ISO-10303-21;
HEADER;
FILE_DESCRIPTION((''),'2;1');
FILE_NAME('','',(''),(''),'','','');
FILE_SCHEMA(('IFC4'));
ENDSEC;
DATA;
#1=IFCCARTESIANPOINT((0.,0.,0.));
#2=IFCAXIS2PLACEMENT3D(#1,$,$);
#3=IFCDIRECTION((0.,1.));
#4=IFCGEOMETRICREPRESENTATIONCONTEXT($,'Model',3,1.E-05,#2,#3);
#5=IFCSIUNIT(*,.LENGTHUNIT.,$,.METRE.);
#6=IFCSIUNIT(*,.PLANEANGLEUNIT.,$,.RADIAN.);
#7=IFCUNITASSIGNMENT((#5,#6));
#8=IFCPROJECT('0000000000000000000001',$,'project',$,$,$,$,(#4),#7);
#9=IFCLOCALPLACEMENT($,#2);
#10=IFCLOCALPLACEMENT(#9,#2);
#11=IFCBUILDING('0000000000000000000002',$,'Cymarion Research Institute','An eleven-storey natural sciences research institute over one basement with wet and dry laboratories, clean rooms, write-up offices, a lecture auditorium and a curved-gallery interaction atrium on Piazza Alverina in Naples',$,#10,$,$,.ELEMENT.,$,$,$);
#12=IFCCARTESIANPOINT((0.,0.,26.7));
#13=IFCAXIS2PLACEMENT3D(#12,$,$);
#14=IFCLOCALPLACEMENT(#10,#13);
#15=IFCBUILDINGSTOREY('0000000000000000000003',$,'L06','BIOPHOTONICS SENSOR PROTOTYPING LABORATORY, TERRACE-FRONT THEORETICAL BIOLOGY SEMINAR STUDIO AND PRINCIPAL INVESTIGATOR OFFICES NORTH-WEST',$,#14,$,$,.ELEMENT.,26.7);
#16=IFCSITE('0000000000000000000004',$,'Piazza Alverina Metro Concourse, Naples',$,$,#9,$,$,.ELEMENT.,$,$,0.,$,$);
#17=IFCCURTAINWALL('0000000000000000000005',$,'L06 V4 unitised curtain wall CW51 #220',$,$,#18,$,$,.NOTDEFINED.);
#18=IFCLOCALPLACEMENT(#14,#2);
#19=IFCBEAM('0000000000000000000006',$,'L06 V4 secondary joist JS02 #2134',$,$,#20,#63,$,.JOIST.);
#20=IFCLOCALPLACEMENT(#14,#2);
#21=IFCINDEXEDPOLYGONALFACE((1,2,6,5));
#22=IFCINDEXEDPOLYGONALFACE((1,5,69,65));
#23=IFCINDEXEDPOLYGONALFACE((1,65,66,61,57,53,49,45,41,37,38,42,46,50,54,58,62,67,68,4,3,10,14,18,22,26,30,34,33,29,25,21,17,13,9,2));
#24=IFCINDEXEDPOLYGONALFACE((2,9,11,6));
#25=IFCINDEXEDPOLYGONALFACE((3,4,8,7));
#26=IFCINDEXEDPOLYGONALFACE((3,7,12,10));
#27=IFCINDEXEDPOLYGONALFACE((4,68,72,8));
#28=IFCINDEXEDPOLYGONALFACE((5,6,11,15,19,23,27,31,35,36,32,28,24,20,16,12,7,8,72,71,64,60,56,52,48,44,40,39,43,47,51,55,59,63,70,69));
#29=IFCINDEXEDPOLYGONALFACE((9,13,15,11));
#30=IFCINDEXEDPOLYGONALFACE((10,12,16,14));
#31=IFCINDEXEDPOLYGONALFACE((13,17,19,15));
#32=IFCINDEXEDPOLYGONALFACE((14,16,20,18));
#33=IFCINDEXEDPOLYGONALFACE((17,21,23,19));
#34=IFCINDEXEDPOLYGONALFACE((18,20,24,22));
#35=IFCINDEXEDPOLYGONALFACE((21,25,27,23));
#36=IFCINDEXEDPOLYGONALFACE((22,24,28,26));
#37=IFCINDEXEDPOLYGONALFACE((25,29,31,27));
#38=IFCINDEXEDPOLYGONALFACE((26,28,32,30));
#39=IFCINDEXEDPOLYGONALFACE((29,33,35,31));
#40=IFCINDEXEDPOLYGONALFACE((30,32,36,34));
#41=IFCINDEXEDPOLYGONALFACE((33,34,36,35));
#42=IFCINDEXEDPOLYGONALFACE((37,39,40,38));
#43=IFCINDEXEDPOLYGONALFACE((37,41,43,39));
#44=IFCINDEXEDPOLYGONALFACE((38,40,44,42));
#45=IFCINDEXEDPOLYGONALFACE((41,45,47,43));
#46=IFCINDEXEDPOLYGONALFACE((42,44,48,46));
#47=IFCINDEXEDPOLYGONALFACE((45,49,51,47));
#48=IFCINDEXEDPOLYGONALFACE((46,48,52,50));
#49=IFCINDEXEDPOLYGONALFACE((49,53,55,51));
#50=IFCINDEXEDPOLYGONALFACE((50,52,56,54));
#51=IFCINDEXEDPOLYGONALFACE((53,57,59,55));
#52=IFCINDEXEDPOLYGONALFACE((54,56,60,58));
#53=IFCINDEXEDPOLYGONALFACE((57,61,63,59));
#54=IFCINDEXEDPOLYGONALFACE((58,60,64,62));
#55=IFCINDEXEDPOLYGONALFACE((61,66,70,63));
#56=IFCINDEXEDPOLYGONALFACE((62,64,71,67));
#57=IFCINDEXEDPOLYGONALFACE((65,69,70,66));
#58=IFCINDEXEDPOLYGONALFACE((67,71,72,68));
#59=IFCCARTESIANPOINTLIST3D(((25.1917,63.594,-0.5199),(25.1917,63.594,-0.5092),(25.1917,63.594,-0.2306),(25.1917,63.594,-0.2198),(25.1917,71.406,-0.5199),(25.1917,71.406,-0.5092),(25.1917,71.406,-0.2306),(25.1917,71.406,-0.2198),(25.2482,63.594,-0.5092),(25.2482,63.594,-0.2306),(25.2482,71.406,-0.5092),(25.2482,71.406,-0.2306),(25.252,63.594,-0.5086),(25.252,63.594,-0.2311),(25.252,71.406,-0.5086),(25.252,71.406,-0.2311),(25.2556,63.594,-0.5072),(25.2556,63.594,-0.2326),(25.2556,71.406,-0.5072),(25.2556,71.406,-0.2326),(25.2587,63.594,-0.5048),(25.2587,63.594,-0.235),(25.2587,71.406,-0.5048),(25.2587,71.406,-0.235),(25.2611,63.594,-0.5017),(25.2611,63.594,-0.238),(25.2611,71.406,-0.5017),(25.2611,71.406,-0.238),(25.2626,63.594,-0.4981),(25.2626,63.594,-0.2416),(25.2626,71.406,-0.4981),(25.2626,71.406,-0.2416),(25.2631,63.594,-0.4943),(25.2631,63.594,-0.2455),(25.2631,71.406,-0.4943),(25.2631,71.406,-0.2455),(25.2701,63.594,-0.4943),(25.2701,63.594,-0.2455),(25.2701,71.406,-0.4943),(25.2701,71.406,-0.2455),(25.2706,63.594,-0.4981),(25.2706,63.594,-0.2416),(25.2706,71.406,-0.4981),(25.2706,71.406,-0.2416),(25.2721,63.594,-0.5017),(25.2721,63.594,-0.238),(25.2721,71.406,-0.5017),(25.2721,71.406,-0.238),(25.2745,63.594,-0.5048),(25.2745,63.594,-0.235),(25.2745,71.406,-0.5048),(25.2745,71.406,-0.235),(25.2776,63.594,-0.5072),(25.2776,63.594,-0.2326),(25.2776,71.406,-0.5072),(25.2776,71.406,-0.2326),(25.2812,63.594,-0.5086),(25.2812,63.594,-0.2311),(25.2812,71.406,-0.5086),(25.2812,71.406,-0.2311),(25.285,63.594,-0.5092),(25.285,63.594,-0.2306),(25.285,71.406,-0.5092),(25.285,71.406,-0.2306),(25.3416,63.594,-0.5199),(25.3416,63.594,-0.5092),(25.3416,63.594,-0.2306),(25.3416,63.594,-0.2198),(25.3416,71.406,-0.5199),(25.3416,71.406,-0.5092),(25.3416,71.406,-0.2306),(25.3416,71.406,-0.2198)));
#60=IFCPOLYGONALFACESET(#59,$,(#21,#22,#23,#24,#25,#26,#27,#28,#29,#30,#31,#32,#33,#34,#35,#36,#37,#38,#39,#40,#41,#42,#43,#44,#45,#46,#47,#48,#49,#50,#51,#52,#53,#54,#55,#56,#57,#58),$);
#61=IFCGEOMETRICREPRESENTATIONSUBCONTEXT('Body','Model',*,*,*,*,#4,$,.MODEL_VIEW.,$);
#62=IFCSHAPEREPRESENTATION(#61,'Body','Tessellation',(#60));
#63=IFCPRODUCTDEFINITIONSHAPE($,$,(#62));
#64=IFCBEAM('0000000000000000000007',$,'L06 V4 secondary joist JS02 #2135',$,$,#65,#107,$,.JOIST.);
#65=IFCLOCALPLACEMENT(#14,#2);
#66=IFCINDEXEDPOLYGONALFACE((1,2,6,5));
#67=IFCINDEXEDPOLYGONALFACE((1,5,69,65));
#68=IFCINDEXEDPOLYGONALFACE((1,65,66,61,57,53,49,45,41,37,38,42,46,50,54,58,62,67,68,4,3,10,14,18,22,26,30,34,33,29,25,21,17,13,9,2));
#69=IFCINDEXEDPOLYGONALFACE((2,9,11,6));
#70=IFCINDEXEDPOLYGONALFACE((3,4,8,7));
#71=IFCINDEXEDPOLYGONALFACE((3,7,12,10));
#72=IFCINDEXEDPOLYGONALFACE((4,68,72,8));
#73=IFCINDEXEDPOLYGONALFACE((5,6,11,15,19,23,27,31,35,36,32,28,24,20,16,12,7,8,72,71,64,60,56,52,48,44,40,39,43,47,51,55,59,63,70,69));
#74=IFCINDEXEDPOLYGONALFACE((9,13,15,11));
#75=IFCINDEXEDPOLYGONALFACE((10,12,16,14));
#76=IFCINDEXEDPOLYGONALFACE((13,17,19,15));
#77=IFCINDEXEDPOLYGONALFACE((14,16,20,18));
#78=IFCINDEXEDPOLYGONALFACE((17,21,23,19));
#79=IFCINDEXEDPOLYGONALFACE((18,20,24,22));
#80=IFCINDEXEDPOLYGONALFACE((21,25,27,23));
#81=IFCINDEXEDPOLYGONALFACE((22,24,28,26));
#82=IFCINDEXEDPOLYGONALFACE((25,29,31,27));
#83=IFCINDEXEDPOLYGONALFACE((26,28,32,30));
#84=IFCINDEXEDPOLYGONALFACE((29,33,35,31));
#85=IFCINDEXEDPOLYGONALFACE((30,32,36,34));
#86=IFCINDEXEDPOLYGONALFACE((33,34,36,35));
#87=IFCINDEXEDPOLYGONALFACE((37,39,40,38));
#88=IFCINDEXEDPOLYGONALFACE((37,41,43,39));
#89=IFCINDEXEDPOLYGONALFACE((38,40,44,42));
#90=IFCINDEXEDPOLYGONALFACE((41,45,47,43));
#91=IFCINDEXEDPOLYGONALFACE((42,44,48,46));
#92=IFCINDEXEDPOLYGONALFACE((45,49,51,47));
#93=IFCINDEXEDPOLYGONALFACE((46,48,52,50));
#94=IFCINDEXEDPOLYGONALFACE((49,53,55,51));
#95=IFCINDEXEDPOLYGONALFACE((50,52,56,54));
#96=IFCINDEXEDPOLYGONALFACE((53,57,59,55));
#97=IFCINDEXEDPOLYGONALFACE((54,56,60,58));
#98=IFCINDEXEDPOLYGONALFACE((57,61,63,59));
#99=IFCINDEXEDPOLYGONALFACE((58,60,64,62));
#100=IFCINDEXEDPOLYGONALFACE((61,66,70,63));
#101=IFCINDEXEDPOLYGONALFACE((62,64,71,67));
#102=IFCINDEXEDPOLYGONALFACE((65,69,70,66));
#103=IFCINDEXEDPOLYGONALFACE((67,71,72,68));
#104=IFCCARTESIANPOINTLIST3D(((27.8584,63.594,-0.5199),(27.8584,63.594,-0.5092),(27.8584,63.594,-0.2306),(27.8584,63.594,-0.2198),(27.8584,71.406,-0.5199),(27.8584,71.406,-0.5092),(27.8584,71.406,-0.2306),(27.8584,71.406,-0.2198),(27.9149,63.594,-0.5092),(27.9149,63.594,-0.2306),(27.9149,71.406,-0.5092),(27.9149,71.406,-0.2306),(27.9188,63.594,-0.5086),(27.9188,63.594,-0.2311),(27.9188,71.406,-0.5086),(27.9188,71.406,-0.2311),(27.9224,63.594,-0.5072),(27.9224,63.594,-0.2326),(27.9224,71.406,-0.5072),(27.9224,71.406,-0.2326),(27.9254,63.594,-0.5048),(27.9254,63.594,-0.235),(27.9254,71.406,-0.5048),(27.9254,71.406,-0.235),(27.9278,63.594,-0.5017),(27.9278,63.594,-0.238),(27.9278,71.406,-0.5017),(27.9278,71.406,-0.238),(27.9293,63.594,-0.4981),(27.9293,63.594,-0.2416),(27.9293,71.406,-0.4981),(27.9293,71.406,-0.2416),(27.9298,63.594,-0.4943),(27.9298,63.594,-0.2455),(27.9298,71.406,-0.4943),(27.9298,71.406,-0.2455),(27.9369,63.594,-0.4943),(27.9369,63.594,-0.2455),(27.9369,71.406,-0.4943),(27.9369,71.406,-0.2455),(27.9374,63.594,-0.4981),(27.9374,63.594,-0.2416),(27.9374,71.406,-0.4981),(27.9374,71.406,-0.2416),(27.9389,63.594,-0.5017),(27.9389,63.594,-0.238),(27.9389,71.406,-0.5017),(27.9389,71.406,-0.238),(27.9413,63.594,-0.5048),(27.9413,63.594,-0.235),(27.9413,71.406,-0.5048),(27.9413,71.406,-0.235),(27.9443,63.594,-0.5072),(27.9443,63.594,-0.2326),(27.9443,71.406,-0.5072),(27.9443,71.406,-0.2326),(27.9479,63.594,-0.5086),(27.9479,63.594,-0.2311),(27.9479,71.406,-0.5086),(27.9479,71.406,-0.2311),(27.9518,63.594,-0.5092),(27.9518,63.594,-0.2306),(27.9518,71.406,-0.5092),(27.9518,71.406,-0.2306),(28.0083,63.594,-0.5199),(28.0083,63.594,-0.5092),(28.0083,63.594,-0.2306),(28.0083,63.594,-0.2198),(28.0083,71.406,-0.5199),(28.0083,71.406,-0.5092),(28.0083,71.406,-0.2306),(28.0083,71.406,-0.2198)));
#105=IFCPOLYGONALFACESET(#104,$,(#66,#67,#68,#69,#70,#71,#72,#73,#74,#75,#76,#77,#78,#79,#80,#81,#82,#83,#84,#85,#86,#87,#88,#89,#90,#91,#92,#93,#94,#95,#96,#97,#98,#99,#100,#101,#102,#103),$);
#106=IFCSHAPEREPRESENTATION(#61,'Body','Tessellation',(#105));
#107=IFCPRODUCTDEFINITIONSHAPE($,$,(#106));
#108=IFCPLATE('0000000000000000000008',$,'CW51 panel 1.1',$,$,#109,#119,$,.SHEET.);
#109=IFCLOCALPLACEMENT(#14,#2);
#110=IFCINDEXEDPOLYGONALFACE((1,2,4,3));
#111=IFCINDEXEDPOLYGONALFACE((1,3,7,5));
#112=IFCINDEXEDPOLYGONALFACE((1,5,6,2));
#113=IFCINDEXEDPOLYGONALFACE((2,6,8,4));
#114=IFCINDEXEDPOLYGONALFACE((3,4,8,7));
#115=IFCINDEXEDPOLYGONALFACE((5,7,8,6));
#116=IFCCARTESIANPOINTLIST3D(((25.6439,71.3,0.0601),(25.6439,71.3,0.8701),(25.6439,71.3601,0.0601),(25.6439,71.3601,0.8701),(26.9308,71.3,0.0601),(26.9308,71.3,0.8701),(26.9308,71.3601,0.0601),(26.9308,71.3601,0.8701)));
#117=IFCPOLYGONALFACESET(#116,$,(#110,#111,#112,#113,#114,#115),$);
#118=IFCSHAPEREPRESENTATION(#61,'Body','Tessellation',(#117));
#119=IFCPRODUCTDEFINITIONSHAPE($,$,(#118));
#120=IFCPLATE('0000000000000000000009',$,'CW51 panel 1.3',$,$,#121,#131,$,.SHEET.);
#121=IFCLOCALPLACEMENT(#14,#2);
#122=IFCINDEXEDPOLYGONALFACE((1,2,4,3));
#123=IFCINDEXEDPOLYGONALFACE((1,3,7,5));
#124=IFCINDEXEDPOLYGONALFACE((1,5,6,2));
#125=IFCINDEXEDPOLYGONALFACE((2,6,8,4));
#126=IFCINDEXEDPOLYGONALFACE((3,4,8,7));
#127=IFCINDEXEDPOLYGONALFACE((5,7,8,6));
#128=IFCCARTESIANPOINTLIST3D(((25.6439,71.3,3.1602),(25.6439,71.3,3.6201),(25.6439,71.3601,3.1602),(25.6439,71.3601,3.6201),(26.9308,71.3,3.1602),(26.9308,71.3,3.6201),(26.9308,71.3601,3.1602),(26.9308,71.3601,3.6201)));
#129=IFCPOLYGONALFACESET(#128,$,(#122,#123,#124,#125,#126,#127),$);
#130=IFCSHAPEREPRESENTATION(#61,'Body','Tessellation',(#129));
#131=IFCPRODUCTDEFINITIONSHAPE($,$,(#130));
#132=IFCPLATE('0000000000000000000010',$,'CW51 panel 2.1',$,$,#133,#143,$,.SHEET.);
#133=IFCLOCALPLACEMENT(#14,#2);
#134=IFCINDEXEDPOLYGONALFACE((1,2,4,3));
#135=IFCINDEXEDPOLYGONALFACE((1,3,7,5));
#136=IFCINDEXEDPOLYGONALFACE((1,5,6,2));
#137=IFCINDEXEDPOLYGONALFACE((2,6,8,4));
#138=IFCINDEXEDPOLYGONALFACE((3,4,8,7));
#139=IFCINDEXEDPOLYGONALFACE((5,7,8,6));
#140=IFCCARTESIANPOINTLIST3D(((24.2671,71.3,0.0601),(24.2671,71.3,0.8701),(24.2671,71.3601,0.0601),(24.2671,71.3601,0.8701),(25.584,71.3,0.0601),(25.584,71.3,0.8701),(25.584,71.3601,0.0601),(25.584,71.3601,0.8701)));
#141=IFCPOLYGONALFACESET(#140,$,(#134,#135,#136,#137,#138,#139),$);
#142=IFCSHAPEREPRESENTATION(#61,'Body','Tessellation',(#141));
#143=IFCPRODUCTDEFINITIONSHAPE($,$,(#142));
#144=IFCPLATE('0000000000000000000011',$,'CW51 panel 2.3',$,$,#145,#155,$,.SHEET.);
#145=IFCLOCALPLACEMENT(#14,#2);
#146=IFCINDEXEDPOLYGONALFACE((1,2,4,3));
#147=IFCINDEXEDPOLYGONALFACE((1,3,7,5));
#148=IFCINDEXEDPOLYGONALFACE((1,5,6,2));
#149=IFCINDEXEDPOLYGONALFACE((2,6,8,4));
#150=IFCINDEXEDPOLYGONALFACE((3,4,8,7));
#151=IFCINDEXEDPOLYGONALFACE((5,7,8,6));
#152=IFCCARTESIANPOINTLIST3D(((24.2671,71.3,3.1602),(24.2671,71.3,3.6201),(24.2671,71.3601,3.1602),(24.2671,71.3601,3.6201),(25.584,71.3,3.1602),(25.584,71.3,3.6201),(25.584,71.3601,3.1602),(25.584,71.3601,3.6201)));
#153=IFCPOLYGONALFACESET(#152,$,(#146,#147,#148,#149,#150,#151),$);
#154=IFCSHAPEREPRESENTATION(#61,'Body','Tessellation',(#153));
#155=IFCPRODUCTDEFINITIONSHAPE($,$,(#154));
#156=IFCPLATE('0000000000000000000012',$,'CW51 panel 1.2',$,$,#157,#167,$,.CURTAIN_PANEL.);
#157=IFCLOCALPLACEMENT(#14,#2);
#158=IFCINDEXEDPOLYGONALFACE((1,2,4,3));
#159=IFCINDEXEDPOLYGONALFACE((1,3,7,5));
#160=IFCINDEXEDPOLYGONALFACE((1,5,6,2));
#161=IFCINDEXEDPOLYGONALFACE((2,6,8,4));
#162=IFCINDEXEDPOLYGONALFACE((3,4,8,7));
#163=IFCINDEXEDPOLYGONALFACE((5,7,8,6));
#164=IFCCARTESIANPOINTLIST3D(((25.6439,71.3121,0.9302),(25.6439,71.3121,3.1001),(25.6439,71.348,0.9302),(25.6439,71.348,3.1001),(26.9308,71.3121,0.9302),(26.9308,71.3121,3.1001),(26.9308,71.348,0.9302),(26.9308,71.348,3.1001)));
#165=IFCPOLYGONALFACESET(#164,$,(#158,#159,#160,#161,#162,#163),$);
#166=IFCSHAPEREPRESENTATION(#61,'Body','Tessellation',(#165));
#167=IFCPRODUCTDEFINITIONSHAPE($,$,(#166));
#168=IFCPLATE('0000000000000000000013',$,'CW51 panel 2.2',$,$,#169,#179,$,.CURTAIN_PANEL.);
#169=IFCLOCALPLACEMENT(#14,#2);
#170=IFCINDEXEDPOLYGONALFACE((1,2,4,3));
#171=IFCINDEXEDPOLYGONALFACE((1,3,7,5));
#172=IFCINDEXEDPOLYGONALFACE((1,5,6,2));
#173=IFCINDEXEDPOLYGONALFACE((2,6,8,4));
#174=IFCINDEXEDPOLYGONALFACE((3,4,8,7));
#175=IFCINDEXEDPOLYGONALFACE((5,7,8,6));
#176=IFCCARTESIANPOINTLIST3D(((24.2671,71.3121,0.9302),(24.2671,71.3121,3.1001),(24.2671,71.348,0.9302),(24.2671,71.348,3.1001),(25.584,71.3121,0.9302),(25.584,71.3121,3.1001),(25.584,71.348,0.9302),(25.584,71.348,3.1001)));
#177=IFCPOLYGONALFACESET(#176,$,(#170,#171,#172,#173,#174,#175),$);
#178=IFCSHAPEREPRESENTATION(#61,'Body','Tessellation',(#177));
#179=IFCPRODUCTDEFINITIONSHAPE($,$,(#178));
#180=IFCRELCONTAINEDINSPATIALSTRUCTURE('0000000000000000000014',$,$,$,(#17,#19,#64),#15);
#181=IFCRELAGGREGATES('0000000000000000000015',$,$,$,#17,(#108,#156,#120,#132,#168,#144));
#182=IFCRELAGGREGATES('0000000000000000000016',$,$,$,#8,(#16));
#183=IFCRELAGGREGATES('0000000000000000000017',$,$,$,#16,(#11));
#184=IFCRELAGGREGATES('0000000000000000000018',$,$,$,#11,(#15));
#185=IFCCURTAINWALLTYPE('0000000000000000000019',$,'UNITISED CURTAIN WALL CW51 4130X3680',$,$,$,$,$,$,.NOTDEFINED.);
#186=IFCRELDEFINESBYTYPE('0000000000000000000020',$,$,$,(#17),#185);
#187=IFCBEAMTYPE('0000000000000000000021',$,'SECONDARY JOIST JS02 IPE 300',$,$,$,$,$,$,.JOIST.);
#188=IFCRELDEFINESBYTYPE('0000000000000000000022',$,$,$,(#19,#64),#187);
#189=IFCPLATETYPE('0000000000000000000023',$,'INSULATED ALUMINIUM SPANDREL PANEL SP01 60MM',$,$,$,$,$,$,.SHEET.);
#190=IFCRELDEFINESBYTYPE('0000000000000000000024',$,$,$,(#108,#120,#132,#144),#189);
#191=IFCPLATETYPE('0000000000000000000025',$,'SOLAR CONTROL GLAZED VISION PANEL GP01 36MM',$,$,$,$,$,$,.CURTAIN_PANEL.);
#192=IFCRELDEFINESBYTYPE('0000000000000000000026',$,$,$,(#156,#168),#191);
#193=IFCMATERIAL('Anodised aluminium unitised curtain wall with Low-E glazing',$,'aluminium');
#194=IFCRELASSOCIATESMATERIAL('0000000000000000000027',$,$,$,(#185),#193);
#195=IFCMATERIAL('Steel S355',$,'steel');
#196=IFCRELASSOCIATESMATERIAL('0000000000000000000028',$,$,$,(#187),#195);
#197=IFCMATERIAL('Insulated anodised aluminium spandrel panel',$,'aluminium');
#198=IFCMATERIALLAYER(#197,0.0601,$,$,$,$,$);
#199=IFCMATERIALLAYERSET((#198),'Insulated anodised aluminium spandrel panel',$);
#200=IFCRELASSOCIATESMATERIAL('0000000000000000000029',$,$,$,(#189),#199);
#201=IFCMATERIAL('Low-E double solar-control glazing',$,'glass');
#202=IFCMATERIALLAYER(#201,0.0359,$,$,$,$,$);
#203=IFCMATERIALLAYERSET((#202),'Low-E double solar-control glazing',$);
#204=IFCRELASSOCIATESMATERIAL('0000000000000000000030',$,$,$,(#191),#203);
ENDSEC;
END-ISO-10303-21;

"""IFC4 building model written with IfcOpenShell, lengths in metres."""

from ifc_helpers import new_model, si_unit, direction, frame, origin, origin_2d, place, context, subcontext, project, spatial, rectangle, i_section, extrude, material, layer, layer_set, material_profile, profile_set, type_object, element, aggregate, save


model = new_model("IFC4")

# Units and contexts
model_context = context("Model", 3, precision=1e-05, world=origin(), true_north=direction((0.0, 1.0)))
body_context = subcontext(model_context, "Body", "Model", "MODEL_VIEW")
ifc_project = project(units=[si_unit("LENGTHUNIT", "METRE"), si_unit("PLANEANGLEUNIT", "RADIAN")], contexts=[model_context])

# Site, building, storey
site_placement = place(None, origin())
site = spatial("IfcSite", under=ifc_project, at=site_placement, Name="Piazza Alverina Metro Concourse, Naples", CompositionType="ELEMENT", RefElevation=0.0)
building_placement = place(site_placement, origin())
building = spatial("IfcBuilding", under=site, at=building_placement, Name="Cymarion Research Institute", Description="An eleven-storey natural sciences research institute over one basement with wet and dry laboratories, clean rooms, write-up offices, a lecture auditorium and a curved-gallery interaction atrium on Piazza Alverina in Naples", CompositionType="ELEMENT")
storey_placement = place(building_placement, frame((0.0, 0.0, 26.7)))
storey = spatial("IfcBuildingStorey", under=building, at=storey_placement, Name="L06", Description="BIOPHOTONICS SENSOR PROTOTYPING LABORATORY, TERRACE-FRONT THEORETICAL BIOLOGY SEMINAR STUDIO AND PRINCIPAL INVESTIGATOR OFFICES NORTH-WEST", CompositionType="ELEMENT", Elevation=26.7)

# Curtain wall
ifc_material_1 = material(Name="Anodised aluminium unitised curtain wall with Low-E glazing", Category="aluminium")
curtain_wall_type = type_object("IfcCurtainWallType", Name="UNITISED CURTAIN WALL CW51 4130X3680", PredefinedType="NOTDEFINED", material=ifc_material_1)
curtain_wall_placement = place(storey_placement, origin())
curtain_wall = element("IfcCurtainWall", 1, at=curtain_wall_placement, inside=storey, type_object=curtain_wall_type, Name="L06 V4 unitised curtain wall CW51 #220", PredefinedType="NOTDEFINED")

# Beams
ifc_material_2 = material(Name="Steel S355", Category="steel")
ifc_material_profile_1 = material_profile(ifc_material_2, i_section(OverallWidth=0.1499, OverallDepth=0.3, WebThickness=0.0071, FlangeThickness=0.0107, FilletRadius=0.0149, at=origin_2d()), Name="IPE 300")
ifc_profile_set_1 = profile_set([ifc_material_profile_1], Name="Steel S355")
beam_type = type_object("IfcBeamType", Name="SECONDARY JOIST JS02 IPE 300", PredefinedType="JOIST", material=ifc_profile_set_1)
for number, where, z_axis, x_axis, name in (
    (2, (25.2666, 63.594, -0.3699), (0.0, 1.0, 0.0), (-1.0, 0.0, 0.0), "L06 V4 secondary joist JS02 #2134"),
    (3, (27.9333, 63.594, -0.3699), (0.0, 1.0, 0.0), (-1.0, 0.0, 0.0), "L06 V4 secondary joist JS02 #2135"),
):
    element("IfcBeam", number, at=place(storey_placement, frame(where, z_axis=z_axis, x_axis=x_axis)), inside=storey, type_object=beam_type, Name=name, PredefinedType="JOIST", context=body_context, shape_type="SweptSolid", body=[
        extrude(i_section(OverallWidth=0.1499, OverallDepth=0.3, WebThickness=0.0071, FlangeThickness=0.0107, FilletRadius=0.0149, at=origin_2d()), origin(), (0.0, 0.0, 1.0), 7.812),
    ])

# Plates
ifc_material_3 = material(Name="Insulated anodised aluminium spandrel panel", Category="aluminium")
ifc_layer_1 = layer(ifc_material_3, 0.0601)
ifc_layer_set_1 = layer_set([ifc_layer_1], Name="Insulated anodised aluminium spandrel panel")
plate_type_1 = type_object("IfcPlateType", Name="INSULATED ALUMINIUM SPANDREL PANEL SP01 60MM", PredefinedType="SHEET", material=ifc_layer_set_1)
plate_1_placement = place(storey_placement, frame((26.2874, 71.3301, 0.0601), z_axis=(0.0, 0.0, 1.0), x_axis=(-1.0, 0.0, 0.0)))
plate_1 = element("IfcPlate", 4, at=plate_1_placement, type_object=plate_type_1, Name="CW51 panel 1.1", PredefinedType="SHEET", context=body_context, shape_type="SweptSolid", body=[
    extrude(rectangle(XDim=1.2869, YDim=0.0601, at=origin_2d()), origin(), (0.0, 0.0, 1.0), 0.8101),
])
plate_2_placement = place(storey_placement, frame((26.2874, 71.3301, 3.1602), z_axis=(0.0, 0.0, 1.0), x_axis=(-1.0, 0.0, 0.0)))
plate_2 = element("IfcPlate", 5, at=plate_2_placement, type_object=plate_type_1, Name="CW51 panel 1.3", PredefinedType="SHEET", context=body_context, shape_type="SweptSolid", body=[
    extrude(rectangle(XDim=1.2869, YDim=0.0601, at=origin_2d()), origin(), (0.0, 0.0, 1.0), 0.46),
])
plate_3_placement = place(storey_placement, frame((24.9255, 71.3301, 0.0601), z_axis=(0.0, 0.0, 1.0), x_axis=(-1.0, 0.0, 0.0)))
plate_3 = element("IfcPlate", 6, at=plate_3_placement, type_object=plate_type_1, Name="CW51 panel 2.1", PredefinedType="SHEET", context=body_context, shape_type="SweptSolid", body=[
    extrude(rectangle(XDim=1.3169, YDim=0.0601, at=origin_2d()), origin(), (0.0, 0.0, 1.0), 0.8101),
])
plate_4_placement = place(storey_placement, frame((24.9255, 71.3301, 3.1602), z_axis=(0.0, 0.0, 1.0), x_axis=(-1.0, 0.0, 0.0)))
plate_4 = element("IfcPlate", 7, at=plate_4_placement, type_object=plate_type_1, Name="CW51 panel 2.3", PredefinedType="SHEET", context=body_context, shape_type="SweptSolid", body=[
    extrude(rectangle(XDim=1.3169, YDim=0.0601, at=origin_2d()), origin(), (0.0, 0.0, 1.0), 0.46),
])
ifc_material_4 = material(Name="Low-E double solar-control glazing", Category="glass")
ifc_layer_2 = layer(ifc_material_4, 0.0359)
ifc_layer_set_2 = layer_set([ifc_layer_2], Name="Low-E double solar-control glazing")
plate_type_2 = type_object("IfcPlateType", Name="SOLAR CONTROL GLAZED VISION PANEL GP01 36MM", PredefinedType="CURTAIN_PANEL", material=ifc_layer_set_2)
plate_5_placement = place(storey_placement, frame((26.2874, 71.3301, 0.9302), z_axis=(0.0, 0.0, 1.0), x_axis=(-1.0, 0.0, 0.0)))
plate_5 = element("IfcPlate", 8, at=plate_5_placement, type_object=plate_type_2, Name="CW51 panel 1.2", PredefinedType="CURTAIN_PANEL", context=body_context, shape_type="SweptSolid", body=[
    extrude(rectangle(XDim=1.2869, YDim=0.0359, at=origin_2d()), origin(), (0.0, 0.0, 1.0), 2.1699),
])
plate_6_placement = place(storey_placement, frame((24.9255, 71.3301, 0.9302), z_axis=(0.0, 0.0, 1.0), x_axis=(-1.0, 0.0, 0.0)))
plate_6 = element("IfcPlate", 9, at=plate_6_placement, type_object=plate_type_2, Name="CW51 panel 2.2", PredefinedType="CURTAIN_PANEL", context=body_context, shape_type="SweptSolid", body=[
    extrude(rectangle(XDim=1.3169, YDim=0.0359, at=origin_2d()), origin(), (0.0, 0.0, 1.0), 2.1699),
])
aggregate(curtain_wall, [plate_1, plate_5, plate_2, plate_3, plate_6, plate_4])

save(model, "model.ifc")
